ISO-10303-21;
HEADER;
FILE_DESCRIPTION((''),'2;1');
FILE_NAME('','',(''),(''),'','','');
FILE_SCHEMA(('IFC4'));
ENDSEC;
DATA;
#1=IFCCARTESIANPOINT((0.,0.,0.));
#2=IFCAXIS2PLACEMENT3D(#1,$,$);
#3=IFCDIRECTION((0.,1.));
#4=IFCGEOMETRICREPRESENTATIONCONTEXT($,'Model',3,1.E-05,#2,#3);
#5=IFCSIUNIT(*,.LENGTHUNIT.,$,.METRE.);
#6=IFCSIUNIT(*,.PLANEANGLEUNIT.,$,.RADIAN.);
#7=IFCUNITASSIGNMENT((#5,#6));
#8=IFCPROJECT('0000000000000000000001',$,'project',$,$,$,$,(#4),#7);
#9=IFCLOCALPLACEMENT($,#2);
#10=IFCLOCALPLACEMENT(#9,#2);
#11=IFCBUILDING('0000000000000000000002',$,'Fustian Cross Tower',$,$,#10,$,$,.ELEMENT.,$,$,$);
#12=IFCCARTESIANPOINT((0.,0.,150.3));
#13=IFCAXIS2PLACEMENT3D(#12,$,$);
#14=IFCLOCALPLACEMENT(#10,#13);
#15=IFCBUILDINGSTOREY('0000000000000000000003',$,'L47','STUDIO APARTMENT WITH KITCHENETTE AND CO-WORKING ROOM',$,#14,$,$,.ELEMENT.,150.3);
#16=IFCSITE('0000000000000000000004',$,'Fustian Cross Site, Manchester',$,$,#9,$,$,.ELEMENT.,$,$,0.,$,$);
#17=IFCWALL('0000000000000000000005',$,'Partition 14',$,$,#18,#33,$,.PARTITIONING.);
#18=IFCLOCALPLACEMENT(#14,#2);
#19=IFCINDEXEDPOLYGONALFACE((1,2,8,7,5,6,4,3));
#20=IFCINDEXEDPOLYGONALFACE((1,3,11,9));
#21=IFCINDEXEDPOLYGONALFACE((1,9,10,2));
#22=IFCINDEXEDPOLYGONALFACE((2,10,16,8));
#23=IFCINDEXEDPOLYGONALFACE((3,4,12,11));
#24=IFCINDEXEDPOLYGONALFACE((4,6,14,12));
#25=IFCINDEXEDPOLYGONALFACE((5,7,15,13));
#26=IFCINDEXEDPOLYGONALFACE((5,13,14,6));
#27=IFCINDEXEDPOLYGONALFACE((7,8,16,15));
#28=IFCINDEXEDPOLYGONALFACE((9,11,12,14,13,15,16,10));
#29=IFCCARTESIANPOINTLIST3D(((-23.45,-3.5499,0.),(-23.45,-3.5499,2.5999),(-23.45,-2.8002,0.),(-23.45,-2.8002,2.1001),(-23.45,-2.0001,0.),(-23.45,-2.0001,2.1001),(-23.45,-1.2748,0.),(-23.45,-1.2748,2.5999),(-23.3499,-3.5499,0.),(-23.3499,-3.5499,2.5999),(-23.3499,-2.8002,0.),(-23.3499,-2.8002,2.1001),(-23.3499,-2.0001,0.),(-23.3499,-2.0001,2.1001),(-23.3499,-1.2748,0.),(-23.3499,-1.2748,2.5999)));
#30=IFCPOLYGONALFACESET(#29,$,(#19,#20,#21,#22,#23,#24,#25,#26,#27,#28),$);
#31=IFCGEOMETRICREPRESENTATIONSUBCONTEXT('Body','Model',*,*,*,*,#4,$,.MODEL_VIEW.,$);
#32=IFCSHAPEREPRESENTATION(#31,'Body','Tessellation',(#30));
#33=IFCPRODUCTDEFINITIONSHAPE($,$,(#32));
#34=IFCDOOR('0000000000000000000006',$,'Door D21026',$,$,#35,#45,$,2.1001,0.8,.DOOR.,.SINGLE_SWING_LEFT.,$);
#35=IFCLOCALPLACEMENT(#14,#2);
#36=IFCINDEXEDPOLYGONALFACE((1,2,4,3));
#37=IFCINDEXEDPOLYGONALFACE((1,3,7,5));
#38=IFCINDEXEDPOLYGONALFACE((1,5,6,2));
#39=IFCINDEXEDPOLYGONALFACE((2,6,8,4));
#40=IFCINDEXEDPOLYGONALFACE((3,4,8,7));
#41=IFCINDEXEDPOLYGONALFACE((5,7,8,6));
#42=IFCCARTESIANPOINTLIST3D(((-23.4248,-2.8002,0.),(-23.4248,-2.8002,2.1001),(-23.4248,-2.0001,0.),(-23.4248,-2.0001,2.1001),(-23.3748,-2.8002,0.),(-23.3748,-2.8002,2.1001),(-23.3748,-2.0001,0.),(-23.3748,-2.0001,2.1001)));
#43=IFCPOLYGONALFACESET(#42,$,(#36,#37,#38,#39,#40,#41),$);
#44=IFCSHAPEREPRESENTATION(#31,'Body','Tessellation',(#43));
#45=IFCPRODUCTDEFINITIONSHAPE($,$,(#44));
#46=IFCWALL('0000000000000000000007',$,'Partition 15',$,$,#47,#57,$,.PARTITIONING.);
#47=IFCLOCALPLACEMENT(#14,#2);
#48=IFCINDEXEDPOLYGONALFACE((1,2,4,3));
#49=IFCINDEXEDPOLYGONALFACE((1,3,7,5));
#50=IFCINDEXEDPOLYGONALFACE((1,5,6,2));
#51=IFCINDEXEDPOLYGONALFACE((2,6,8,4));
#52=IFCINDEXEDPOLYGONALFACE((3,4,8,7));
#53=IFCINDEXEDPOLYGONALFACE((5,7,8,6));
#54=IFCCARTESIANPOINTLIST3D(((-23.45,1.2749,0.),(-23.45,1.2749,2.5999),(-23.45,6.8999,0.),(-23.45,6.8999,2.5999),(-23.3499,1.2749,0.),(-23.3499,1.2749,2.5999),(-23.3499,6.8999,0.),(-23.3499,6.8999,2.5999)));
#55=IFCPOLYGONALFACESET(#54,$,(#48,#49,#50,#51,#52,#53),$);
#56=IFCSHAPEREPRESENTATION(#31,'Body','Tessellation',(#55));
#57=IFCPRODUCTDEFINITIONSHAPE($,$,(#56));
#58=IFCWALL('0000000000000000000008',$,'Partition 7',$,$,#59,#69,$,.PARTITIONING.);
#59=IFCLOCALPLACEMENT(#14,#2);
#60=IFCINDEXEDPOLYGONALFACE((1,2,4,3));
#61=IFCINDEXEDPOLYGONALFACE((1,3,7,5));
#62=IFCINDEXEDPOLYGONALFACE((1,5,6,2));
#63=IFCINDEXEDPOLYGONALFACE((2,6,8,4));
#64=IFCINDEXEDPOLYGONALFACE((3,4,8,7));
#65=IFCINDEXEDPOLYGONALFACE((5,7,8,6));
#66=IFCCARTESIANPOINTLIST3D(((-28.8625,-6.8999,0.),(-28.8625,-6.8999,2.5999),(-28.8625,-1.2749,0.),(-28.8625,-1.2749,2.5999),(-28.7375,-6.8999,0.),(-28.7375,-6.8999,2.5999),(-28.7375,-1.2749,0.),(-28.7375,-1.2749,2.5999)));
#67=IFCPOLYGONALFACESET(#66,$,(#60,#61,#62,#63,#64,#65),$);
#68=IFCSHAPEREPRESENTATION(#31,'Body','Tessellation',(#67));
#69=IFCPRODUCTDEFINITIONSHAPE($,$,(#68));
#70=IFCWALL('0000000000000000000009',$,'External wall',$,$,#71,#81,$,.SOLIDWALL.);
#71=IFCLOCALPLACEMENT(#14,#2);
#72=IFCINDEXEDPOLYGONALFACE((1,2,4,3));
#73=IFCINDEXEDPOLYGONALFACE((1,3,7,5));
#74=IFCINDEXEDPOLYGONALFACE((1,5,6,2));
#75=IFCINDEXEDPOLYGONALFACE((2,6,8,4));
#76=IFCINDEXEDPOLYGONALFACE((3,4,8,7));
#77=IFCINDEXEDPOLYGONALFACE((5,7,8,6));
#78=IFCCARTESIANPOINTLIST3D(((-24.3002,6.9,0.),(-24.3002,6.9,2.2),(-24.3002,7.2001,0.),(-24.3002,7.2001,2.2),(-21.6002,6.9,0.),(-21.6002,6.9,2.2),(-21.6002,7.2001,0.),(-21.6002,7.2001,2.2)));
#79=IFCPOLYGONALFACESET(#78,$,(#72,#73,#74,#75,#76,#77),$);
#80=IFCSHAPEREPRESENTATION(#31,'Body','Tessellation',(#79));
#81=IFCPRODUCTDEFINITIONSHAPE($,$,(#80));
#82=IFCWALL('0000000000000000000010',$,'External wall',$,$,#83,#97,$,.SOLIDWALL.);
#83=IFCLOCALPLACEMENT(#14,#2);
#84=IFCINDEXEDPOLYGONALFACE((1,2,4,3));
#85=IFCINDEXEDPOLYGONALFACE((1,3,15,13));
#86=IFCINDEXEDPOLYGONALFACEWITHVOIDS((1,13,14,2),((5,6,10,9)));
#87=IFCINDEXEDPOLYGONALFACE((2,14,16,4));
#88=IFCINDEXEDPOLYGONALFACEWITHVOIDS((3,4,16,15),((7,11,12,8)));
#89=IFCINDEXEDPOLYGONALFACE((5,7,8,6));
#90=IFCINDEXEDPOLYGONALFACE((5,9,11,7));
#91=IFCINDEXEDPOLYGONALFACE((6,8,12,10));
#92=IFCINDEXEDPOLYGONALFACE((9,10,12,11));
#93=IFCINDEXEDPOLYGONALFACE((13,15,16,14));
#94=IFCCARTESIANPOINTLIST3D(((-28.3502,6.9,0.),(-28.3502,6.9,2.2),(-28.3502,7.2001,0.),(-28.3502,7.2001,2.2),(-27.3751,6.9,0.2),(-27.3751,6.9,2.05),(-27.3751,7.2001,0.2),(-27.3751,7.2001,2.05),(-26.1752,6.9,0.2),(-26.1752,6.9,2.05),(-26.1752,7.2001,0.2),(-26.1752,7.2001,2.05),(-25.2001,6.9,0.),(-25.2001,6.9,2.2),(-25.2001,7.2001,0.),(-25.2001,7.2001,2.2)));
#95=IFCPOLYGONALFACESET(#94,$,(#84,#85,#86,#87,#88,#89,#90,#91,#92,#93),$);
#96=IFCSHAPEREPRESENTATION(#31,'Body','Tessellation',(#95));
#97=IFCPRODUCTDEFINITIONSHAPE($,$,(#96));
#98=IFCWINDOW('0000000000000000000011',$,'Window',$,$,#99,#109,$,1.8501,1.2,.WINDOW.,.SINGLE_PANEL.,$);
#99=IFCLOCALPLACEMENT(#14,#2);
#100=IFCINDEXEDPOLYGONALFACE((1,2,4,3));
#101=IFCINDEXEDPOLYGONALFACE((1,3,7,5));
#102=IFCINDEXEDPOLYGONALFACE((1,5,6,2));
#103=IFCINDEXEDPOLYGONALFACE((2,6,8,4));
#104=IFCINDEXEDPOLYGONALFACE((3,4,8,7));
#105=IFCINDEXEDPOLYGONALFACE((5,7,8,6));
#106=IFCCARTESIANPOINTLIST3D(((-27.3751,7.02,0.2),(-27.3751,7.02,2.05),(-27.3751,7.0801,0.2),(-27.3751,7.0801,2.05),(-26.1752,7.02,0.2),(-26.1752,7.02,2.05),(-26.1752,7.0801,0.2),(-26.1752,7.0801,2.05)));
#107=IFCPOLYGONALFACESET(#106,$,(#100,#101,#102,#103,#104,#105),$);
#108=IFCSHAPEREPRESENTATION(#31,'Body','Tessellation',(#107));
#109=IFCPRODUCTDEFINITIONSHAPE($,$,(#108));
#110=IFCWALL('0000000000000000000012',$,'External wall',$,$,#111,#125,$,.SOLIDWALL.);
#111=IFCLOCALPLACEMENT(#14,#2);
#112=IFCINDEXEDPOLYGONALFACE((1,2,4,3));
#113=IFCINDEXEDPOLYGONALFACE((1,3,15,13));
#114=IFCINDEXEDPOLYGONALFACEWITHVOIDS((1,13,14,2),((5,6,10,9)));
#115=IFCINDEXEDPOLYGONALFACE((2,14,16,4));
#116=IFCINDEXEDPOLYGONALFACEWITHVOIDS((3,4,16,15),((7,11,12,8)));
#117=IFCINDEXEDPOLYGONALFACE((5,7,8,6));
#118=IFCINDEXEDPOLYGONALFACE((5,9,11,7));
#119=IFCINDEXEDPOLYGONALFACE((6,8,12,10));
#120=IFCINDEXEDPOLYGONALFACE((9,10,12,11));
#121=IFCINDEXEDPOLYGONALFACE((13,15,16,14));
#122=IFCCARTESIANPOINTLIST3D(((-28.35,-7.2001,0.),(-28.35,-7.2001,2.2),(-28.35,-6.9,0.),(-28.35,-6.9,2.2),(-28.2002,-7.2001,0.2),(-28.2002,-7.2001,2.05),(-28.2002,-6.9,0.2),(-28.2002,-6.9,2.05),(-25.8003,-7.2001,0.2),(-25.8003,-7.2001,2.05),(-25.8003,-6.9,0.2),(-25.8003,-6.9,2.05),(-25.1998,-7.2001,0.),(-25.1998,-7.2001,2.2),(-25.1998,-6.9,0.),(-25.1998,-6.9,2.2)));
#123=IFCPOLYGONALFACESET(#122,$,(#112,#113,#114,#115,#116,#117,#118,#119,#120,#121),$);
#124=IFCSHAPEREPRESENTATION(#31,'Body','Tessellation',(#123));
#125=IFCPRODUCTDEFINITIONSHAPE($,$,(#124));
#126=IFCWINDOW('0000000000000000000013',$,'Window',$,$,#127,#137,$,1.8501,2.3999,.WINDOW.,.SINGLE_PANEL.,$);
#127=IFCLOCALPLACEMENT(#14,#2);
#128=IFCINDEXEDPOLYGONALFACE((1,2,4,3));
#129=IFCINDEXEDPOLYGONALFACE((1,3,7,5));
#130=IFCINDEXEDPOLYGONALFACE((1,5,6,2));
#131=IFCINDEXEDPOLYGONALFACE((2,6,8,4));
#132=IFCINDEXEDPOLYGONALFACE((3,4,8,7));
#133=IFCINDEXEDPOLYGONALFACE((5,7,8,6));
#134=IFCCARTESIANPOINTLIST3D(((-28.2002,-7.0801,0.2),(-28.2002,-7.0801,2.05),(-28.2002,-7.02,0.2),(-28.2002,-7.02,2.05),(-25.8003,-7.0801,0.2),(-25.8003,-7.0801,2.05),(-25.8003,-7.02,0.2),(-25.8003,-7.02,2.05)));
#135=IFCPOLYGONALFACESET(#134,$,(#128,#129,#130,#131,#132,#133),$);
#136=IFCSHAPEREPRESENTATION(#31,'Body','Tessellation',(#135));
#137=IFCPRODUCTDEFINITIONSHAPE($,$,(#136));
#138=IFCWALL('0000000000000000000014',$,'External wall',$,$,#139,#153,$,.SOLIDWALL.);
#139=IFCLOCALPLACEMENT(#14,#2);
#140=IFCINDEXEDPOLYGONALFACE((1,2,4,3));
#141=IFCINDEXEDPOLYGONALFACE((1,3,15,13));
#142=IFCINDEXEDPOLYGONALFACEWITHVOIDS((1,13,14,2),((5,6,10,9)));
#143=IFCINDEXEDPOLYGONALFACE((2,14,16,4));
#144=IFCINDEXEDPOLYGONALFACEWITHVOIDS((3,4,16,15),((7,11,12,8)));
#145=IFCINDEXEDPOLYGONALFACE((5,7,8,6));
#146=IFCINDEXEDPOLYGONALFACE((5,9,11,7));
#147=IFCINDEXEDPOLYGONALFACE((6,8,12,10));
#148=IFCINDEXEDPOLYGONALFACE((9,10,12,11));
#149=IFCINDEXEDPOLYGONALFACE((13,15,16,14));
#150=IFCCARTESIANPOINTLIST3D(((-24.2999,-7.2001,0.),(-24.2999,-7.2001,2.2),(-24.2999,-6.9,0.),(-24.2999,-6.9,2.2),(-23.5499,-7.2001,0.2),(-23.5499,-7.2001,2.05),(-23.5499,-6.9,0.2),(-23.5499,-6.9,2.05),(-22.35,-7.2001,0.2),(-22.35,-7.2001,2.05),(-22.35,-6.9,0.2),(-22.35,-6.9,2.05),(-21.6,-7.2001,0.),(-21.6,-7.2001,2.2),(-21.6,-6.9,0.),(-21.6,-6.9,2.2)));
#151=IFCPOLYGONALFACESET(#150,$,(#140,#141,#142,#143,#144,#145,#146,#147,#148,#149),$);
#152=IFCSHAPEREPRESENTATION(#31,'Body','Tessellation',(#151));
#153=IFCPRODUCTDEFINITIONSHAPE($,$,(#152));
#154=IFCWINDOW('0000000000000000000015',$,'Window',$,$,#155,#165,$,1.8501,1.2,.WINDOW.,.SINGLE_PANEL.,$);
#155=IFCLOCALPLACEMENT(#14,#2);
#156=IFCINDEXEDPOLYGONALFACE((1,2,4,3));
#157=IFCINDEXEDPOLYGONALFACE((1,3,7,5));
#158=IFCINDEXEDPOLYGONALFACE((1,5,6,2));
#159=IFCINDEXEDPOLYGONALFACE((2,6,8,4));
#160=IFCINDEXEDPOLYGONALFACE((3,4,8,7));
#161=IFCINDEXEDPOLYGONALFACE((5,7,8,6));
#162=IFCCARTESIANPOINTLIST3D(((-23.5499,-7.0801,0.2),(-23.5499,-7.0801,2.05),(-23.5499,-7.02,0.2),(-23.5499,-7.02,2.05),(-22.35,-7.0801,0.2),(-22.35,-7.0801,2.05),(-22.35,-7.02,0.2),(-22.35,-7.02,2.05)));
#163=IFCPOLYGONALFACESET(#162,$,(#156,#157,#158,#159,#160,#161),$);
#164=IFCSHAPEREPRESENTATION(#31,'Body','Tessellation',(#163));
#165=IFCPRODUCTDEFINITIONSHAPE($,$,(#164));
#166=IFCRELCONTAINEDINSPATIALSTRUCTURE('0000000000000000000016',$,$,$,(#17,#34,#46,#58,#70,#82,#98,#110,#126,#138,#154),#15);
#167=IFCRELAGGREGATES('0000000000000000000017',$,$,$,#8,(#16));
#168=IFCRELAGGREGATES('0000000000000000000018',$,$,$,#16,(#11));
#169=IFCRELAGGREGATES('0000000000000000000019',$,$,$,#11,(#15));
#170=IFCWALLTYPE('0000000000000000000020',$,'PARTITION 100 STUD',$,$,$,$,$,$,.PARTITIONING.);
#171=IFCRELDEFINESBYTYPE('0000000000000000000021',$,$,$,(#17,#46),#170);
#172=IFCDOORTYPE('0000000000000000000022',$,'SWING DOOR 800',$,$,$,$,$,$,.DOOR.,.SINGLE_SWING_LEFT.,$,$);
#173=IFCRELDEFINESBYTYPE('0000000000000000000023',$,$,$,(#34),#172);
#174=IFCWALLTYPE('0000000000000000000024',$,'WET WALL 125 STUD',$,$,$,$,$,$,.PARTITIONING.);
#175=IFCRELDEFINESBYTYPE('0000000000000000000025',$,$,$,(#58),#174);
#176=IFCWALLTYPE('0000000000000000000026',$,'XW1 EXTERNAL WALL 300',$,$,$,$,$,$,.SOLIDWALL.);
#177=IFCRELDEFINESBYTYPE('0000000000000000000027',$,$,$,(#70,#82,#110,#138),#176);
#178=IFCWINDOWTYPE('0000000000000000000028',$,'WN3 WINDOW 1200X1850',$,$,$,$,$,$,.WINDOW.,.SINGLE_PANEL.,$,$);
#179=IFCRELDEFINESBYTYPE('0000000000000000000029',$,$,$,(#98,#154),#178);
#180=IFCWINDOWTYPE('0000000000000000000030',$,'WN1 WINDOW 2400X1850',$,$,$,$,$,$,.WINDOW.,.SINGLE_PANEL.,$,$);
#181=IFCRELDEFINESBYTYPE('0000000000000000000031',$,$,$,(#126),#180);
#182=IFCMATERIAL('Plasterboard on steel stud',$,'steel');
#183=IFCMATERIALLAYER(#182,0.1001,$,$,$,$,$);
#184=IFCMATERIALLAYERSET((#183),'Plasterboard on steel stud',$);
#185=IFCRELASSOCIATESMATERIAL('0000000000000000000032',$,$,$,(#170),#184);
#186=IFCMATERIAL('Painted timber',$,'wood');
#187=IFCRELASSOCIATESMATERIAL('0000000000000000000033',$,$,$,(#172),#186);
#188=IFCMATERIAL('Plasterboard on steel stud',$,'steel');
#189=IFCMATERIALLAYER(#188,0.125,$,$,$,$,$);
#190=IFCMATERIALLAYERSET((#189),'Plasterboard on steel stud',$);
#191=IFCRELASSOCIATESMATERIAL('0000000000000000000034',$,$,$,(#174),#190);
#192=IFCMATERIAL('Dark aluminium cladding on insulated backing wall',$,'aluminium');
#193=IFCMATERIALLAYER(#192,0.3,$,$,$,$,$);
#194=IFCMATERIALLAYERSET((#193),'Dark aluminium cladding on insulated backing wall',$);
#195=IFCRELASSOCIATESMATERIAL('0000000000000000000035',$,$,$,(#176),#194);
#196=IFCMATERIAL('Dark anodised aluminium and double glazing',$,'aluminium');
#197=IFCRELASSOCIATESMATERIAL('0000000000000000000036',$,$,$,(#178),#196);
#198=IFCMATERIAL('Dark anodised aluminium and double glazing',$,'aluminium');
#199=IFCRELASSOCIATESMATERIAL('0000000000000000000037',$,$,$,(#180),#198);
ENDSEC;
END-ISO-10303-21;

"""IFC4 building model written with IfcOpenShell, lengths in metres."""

from ifc_helpers import new_model, si_unit, direction, frame, frame_2d, origin, place, context, subcontext, project, spatial, rectangle, extrude, material, layer, layer_set, type_object, element, fill, save


model = new_model("IFC4")

# Units and contexts
model_context = context("Model", 3, precision=1e-05, world=origin(), true_north=direction((0.0, 1.0)))
body_context = subcontext(model_context, "Body", "Model", "MODEL_VIEW")
ifc_project = project(units=[si_unit("LENGTHUNIT", "METRE"), si_unit("PLANEANGLEUNIT", "RADIAN")], contexts=[model_context])

# Site, building, storey
site_placement = place(None, origin())
site = spatial("IfcSite", under=ifc_project, at=site_placement, Name="Fustian Cross Site, Manchester", CompositionType="ELEMENT", RefElevation=0.0)
building_placement = place(site_placement, origin())
building = spatial("IfcBuilding", under=site, at=building_placement, Name="Fustian Cross Tower", CompositionType="ELEMENT")
storey_placement = place(building_placement, frame((0.0, 0.0, 150.3)))
storey = spatial("IfcBuildingStorey", under=building, at=storey_placement, Name="L47", Description="STUDIO APARTMENT WITH KITCHENETTE AND CO-WORKING ROOM", CompositionType="ELEMENT", Elevation=150.3)

# Shared definitions
ifc_material_1 = material(Name="Plasterboard on steel stud", Category="steel")
ifc_layer_1 = layer(ifc_material_1, 0.1001)
ifc_layer_set_1 = layer_set([ifc_layer_1], Name="Plasterboard on steel stud")
wall_type_1 = type_object("IfcWallType", Name="PARTITION 100 STUD", PredefinedType="PARTITIONING", material=ifc_layer_set_1)

# Shared definitions
ifc_material_2 = material(Name="Painted timber", Category="wood")
door_type = type_object("IfcDoorType", Name="SWING DOOR 800", OperationType="SINGLE_SWING_LEFT", PredefinedType="DOOR", material=ifc_material_2)

# Wall, opening, door
wall_1_placement = place(storey_placement, frame((-23.3999, -3.55, 0.0), z_axis=(0.0, 0.0, 1.0), x_axis=(0.0, 1.0, 0.0)))
wall_1 = element("IfcWall", 1, at=wall_1_placement, inside=storey, type_object=wall_type_1, Name="Partition 14", PredefinedType="PARTITIONING", context=body_context, shape_type="SweptSolid", body=[
    extrude(rectangle(XDim=2.2751, YDim=0.1001, at=frame_2d((1.1377, 0.0))), origin(), (0.0, 0.0, 1.0), 2.5999),
])
opening_1_placement = place(wall_1_placement, frame((0.75, 0.0, 0.0)))
opening_1 = element("IfcOpeningElement", 2, at=opening_1_placement, cuts=wall_1, PredefinedType="OPENING", context=body_context, shape_type="SweptSolid", body=[
    extrude(rectangle(XDim=0.8, YDim=2.1001, at=frame_2d((0.3999, 1.05))), frame((0.0, 0.0601, 0.0), z_axis=(0.0, -1.0, 0.0), x_axis=(1.0, 0.0, 0.0)), (0.0, 0.0, 1.0), 0.1201),
])
door_1_placement = place(opening_1_placement, origin())
door_1 = element("IfcDoor", 3, at=door_1_placement, inside=storey, type_object=door_type, Name="Door D21026", OperationType="SINGLE_SWING_LEFT", OverallHeight=2.1001, OverallWidth=0.8, PredefinedType="DOOR", context=body_context, shape_type="SweptSolid", body=[
    extrude(rectangle(XDim=0.8, YDim=2.1001, at=frame_2d((0.3999, 1.05))), frame((0.0, 0.0249, 0.0), z_axis=(0.0, -1.0, 0.0), x_axis=(1.0, 0.0, 0.0)), (0.0, 0.0, 1.0), 0.05),
])
fill(opening_1, door_1)

# Walls
wall_2_placement = place(storey_placement, frame((-23.3999, 1.2749, 0.0), z_axis=(0.0, 0.0, 1.0), x_axis=(0.0, 1.0, 0.0)))
element("IfcWall", 4, at=wall_2_placement, inside=storey, type_object=wall_type_1, Name="Partition 15", PredefinedType="PARTITIONING", context=body_context, shape_type="SweptSolid", body=[
    extrude(rectangle(XDim=5.625, YDim=0.1001, at=frame_2d((2.8125, 0.0))), origin(), (0.0, 0.0, 1.0), 2.5999),
])
ifc_material_3 = material(Name="Plasterboard on steel stud", Category="steel")
ifc_layer_2 = layer(ifc_material_3, 0.125)
ifc_layer_set_2 = layer_set([ifc_layer_2], Name="Plasterboard on steel stud")
wall_type_2 = type_object("IfcWallType", Name="WET WALL 125 STUD", PredefinedType="PARTITIONING", material=ifc_layer_set_2)
wall_3_placement = place(storey_placement, frame((-28.8, -6.8999, 0.0), z_axis=(0.0, 0.0, 1.0), x_axis=(0.0, 1.0, 0.0)))
element("IfcWall", 5, at=wall_3_placement, inside=storey, type_object=wall_type_2, Name="Partition 7", PredefinedType="PARTITIONING", context=body_context, shape_type="SweptSolid", body=[
    extrude(rectangle(XDim=5.625, YDim=0.125, at=frame_2d((2.8125, 0.0))), origin(), (0.0, 0.0, 1.0), 2.5999),
])
ifc_material_4 = material(Name="Dark aluminium cladding on insulated backing wall", Category="aluminium")
ifc_layer_3 = layer(ifc_material_4, 0.3)
ifc_layer_set_3 = layer_set([ifc_layer_3], Name="Dark aluminium cladding on insulated backing wall")
wall_type_3 = type_object("IfcWallType", Name="XW1 EXTERNAL WALL 300", PredefinedType="SOLIDWALL", material=ifc_layer_set_3)
wall_4_placement = place(storey_placement, frame((-21.6001, 7.05, 0.0), z_axis=(0.0, 0.0, 1.0), x_axis=(-1.0, 0.0, 0.0)))
element("IfcWall", 6, at=wall_4_placement, inside=storey, type_object=wall_type_3, Name="External wall", PredefinedType="SOLIDWALL", context=body_context, shape_type="SweptSolid", body=[
    extrude(rectangle(XDim=2.7, YDim=0.3, at=frame_2d((1.3501, 0.0))), origin(), (0.0, 0.0, 1.0), 2.2),
])

# Walls, openings, windows
wall_5_placement = place(storey_placement, frame((-25.2, 7.05, 0.0), z_axis=(0.0, 0.0, 1.0), x_axis=(-1.0, 0.0, 0.0)))
wall_5 = element("IfcWall", 7, at=wall_5_placement, inside=storey, type_object=wall_type_3, Name="External wall", PredefinedType="SOLIDWALL", context=body_context, shape_type="SweptSolid", body=[
    extrude(rectangle(XDim=3.1501, YDim=0.3, at=frame_2d((1.5752, 0.0))), origin(), (0.0, 0.0, 1.0), 2.2),
])
opening_2_placement = place(wall_5_placement, frame((0.9751, 0.0, 0.2)))
opening_2 = element("IfcOpeningElement", 8, at=opening_2_placement, cuts=wall_5, PredefinedType="OPENING", context=body_context, shape_type="SweptSolid", body=[
    extrude(rectangle(XDim=1.2, YDim=1.8501, at=frame_2d((0.6001, 0.925))), frame((0.0, 0.1599, 0.0), z_axis=(0.0, -1.0, 0.0), x_axis=(1.0, 0.0, 0.0)), (0.0, 0.0, 1.0), 0.3201),
])
ifc_material_5 = material(Name="Dark anodised aluminium and double glazing", Category="aluminium")
window_type_1 = type_object("IfcWindowType", Name="WN3 WINDOW 1200X1850", PartitioningType="SINGLE_PANEL", PredefinedType="WINDOW", material=ifc_material_5)
window_1_placement = place(opening_2_placement, origin())
window_1 = element("IfcWindow", 9, at=window_1_placement, inside=storey, type_object=window_type_1, Name="Window", OverallHeight=1.8501, OverallWidth=1.2, PartitioningType="SINGLE_PANEL", PredefinedType="WINDOW", context=body_context, shape_type="SweptSolid", body=[
    extrude(rectangle(XDim=1.2, YDim=1.8501, at=frame_2d((0.6001, 0.925))), frame((0.0, 0.03, 0.0), z_axis=(0.0, -1.0, 0.0), x_axis=(1.0, 0.0, 0.0)), (0.0, 0.0, 1.0), 0.0601),
])
fill(opening_2, window_1)
wall_6_placement = place(storey_placement, frame((-28.3501, -7.05, 0.0), z_axis=(0.0, 0.0, 1.0), x_axis=(1.0, 0.0, 0.0)))
wall_6 = element("IfcWall", 10, at=wall_6_placement, inside=storey, type_object=wall_type_3, Name="External wall", PredefinedType="SOLIDWALL", context=body_context, shape_type="SweptSolid", body=[
    extrude(rectangle(XDim=3.1501, YDim=0.3, at=frame_2d((1.5752, 0.0))), origin(), (0.0, 0.0, 1.0), 2.2),
])
opening_3_placement = place(wall_6_placement, frame((0.1499, 0.0, 0.2)))
opening_3 = element("IfcOpeningElement", 11, at=opening_3_placement, cuts=wall_6, PredefinedType="OPENING", context=body_context, shape_type="SweptSolid", body=[
    extrude(rectangle(XDim=2.3999, YDim=1.8501, at=frame_2d((1.2, 0.925))), frame((0.0, 0.1599, 0.0), z_axis=(0.0, -1.0, 0.0), x_axis=(1.0, 0.0, 0.0)), (0.0, 0.0, 1.0), 0.3201),
])
ifc_material_6 = material(Name="Dark anodised aluminium and double glazing", Category="aluminium")
window_type_2 = type_object("IfcWindowType", Name="WN1 WINDOW 2400X1850", PartitioningType="SINGLE_PANEL", PredefinedType="WINDOW", material=ifc_material_6)
window_2_placement = place(opening_3_placement, origin())
window_2 = element("IfcWindow", 12, at=window_2_placement, inside=storey, type_object=window_type_2, Name="Window", OverallHeight=1.8501, OverallWidth=2.3999, PartitioningType="SINGLE_PANEL", PredefinedType="WINDOW", context=body_context, shape_type="SweptSolid", body=[
    extrude(rectangle(XDim=2.3999, YDim=1.8501, at=frame_2d((1.2, 0.925))), frame((0.0, 0.03, 0.0), z_axis=(0.0, -1.0, 0.0), x_axis=(1.0, 0.0, 0.0)), (0.0, 0.0, 1.0), 0.0601),
])
fill(opening_3, window_2)
wall_7_placement = place(storey_placement, frame((-24.3, -7.05, 0.0), z_axis=(0.0, 0.0, 1.0), x_axis=(1.0, 0.0, 0.0)))
wall_7 = element("IfcWall", 13, at=wall_7_placement, inside=storey, type_object=wall_type_3, Name="External wall", PredefinedType="SOLIDWALL", context=body_context, shape_type="SweptSolid", body=[
    extrude(rectangle(XDim=2.7, YDim=0.3, at=frame_2d((1.3501, 0.0))), origin(), (0.0, 0.0, 1.0), 2.2),
])
opening_4_placement = place(wall_7_placement, frame((0.75, 0.0, 0.2)))
opening_4 = element("IfcOpeningElement", 14, at=opening_4_placement, cuts=wall_7, PredefinedType="OPENING", context=body_context, shape_type="SweptSolid", body=[
    extrude(rectangle(XDim=1.2, YDim=1.8501, at=frame_2d((0.6001, 0.925))), frame((0.0, 0.1599, 0.0), z_axis=(0.0, -1.0, 0.0), x_axis=(1.0, 0.0, 0.0)), (0.0, 0.0, 1.0), 0.3201),
])
window_3_placement = place(opening_4_placement, origin())
window_3 = element("IfcWindow", 15, at=window_3_placement, inside=storey, type_object=window_type_1, Name="Window", OverallHeight=1.8501, OverallWidth=1.2, PartitioningType="SINGLE_PANEL", PredefinedType="WINDOW", context=body_context, shape_type="SweptSolid", body=[
    extrude(rectangle(XDim=1.2, YDim=1.8501, at=frame_2d((0.6001, 0.925))), frame((0.0, 0.03, 0.0), z_axis=(0.0, -1.0, 0.0), x_axis=(1.0, 0.0, 0.0)), (0.0, 0.0, 1.0), 0.0601),
])
fill(opening_4, window_3)

save(model, "model.ifc")
